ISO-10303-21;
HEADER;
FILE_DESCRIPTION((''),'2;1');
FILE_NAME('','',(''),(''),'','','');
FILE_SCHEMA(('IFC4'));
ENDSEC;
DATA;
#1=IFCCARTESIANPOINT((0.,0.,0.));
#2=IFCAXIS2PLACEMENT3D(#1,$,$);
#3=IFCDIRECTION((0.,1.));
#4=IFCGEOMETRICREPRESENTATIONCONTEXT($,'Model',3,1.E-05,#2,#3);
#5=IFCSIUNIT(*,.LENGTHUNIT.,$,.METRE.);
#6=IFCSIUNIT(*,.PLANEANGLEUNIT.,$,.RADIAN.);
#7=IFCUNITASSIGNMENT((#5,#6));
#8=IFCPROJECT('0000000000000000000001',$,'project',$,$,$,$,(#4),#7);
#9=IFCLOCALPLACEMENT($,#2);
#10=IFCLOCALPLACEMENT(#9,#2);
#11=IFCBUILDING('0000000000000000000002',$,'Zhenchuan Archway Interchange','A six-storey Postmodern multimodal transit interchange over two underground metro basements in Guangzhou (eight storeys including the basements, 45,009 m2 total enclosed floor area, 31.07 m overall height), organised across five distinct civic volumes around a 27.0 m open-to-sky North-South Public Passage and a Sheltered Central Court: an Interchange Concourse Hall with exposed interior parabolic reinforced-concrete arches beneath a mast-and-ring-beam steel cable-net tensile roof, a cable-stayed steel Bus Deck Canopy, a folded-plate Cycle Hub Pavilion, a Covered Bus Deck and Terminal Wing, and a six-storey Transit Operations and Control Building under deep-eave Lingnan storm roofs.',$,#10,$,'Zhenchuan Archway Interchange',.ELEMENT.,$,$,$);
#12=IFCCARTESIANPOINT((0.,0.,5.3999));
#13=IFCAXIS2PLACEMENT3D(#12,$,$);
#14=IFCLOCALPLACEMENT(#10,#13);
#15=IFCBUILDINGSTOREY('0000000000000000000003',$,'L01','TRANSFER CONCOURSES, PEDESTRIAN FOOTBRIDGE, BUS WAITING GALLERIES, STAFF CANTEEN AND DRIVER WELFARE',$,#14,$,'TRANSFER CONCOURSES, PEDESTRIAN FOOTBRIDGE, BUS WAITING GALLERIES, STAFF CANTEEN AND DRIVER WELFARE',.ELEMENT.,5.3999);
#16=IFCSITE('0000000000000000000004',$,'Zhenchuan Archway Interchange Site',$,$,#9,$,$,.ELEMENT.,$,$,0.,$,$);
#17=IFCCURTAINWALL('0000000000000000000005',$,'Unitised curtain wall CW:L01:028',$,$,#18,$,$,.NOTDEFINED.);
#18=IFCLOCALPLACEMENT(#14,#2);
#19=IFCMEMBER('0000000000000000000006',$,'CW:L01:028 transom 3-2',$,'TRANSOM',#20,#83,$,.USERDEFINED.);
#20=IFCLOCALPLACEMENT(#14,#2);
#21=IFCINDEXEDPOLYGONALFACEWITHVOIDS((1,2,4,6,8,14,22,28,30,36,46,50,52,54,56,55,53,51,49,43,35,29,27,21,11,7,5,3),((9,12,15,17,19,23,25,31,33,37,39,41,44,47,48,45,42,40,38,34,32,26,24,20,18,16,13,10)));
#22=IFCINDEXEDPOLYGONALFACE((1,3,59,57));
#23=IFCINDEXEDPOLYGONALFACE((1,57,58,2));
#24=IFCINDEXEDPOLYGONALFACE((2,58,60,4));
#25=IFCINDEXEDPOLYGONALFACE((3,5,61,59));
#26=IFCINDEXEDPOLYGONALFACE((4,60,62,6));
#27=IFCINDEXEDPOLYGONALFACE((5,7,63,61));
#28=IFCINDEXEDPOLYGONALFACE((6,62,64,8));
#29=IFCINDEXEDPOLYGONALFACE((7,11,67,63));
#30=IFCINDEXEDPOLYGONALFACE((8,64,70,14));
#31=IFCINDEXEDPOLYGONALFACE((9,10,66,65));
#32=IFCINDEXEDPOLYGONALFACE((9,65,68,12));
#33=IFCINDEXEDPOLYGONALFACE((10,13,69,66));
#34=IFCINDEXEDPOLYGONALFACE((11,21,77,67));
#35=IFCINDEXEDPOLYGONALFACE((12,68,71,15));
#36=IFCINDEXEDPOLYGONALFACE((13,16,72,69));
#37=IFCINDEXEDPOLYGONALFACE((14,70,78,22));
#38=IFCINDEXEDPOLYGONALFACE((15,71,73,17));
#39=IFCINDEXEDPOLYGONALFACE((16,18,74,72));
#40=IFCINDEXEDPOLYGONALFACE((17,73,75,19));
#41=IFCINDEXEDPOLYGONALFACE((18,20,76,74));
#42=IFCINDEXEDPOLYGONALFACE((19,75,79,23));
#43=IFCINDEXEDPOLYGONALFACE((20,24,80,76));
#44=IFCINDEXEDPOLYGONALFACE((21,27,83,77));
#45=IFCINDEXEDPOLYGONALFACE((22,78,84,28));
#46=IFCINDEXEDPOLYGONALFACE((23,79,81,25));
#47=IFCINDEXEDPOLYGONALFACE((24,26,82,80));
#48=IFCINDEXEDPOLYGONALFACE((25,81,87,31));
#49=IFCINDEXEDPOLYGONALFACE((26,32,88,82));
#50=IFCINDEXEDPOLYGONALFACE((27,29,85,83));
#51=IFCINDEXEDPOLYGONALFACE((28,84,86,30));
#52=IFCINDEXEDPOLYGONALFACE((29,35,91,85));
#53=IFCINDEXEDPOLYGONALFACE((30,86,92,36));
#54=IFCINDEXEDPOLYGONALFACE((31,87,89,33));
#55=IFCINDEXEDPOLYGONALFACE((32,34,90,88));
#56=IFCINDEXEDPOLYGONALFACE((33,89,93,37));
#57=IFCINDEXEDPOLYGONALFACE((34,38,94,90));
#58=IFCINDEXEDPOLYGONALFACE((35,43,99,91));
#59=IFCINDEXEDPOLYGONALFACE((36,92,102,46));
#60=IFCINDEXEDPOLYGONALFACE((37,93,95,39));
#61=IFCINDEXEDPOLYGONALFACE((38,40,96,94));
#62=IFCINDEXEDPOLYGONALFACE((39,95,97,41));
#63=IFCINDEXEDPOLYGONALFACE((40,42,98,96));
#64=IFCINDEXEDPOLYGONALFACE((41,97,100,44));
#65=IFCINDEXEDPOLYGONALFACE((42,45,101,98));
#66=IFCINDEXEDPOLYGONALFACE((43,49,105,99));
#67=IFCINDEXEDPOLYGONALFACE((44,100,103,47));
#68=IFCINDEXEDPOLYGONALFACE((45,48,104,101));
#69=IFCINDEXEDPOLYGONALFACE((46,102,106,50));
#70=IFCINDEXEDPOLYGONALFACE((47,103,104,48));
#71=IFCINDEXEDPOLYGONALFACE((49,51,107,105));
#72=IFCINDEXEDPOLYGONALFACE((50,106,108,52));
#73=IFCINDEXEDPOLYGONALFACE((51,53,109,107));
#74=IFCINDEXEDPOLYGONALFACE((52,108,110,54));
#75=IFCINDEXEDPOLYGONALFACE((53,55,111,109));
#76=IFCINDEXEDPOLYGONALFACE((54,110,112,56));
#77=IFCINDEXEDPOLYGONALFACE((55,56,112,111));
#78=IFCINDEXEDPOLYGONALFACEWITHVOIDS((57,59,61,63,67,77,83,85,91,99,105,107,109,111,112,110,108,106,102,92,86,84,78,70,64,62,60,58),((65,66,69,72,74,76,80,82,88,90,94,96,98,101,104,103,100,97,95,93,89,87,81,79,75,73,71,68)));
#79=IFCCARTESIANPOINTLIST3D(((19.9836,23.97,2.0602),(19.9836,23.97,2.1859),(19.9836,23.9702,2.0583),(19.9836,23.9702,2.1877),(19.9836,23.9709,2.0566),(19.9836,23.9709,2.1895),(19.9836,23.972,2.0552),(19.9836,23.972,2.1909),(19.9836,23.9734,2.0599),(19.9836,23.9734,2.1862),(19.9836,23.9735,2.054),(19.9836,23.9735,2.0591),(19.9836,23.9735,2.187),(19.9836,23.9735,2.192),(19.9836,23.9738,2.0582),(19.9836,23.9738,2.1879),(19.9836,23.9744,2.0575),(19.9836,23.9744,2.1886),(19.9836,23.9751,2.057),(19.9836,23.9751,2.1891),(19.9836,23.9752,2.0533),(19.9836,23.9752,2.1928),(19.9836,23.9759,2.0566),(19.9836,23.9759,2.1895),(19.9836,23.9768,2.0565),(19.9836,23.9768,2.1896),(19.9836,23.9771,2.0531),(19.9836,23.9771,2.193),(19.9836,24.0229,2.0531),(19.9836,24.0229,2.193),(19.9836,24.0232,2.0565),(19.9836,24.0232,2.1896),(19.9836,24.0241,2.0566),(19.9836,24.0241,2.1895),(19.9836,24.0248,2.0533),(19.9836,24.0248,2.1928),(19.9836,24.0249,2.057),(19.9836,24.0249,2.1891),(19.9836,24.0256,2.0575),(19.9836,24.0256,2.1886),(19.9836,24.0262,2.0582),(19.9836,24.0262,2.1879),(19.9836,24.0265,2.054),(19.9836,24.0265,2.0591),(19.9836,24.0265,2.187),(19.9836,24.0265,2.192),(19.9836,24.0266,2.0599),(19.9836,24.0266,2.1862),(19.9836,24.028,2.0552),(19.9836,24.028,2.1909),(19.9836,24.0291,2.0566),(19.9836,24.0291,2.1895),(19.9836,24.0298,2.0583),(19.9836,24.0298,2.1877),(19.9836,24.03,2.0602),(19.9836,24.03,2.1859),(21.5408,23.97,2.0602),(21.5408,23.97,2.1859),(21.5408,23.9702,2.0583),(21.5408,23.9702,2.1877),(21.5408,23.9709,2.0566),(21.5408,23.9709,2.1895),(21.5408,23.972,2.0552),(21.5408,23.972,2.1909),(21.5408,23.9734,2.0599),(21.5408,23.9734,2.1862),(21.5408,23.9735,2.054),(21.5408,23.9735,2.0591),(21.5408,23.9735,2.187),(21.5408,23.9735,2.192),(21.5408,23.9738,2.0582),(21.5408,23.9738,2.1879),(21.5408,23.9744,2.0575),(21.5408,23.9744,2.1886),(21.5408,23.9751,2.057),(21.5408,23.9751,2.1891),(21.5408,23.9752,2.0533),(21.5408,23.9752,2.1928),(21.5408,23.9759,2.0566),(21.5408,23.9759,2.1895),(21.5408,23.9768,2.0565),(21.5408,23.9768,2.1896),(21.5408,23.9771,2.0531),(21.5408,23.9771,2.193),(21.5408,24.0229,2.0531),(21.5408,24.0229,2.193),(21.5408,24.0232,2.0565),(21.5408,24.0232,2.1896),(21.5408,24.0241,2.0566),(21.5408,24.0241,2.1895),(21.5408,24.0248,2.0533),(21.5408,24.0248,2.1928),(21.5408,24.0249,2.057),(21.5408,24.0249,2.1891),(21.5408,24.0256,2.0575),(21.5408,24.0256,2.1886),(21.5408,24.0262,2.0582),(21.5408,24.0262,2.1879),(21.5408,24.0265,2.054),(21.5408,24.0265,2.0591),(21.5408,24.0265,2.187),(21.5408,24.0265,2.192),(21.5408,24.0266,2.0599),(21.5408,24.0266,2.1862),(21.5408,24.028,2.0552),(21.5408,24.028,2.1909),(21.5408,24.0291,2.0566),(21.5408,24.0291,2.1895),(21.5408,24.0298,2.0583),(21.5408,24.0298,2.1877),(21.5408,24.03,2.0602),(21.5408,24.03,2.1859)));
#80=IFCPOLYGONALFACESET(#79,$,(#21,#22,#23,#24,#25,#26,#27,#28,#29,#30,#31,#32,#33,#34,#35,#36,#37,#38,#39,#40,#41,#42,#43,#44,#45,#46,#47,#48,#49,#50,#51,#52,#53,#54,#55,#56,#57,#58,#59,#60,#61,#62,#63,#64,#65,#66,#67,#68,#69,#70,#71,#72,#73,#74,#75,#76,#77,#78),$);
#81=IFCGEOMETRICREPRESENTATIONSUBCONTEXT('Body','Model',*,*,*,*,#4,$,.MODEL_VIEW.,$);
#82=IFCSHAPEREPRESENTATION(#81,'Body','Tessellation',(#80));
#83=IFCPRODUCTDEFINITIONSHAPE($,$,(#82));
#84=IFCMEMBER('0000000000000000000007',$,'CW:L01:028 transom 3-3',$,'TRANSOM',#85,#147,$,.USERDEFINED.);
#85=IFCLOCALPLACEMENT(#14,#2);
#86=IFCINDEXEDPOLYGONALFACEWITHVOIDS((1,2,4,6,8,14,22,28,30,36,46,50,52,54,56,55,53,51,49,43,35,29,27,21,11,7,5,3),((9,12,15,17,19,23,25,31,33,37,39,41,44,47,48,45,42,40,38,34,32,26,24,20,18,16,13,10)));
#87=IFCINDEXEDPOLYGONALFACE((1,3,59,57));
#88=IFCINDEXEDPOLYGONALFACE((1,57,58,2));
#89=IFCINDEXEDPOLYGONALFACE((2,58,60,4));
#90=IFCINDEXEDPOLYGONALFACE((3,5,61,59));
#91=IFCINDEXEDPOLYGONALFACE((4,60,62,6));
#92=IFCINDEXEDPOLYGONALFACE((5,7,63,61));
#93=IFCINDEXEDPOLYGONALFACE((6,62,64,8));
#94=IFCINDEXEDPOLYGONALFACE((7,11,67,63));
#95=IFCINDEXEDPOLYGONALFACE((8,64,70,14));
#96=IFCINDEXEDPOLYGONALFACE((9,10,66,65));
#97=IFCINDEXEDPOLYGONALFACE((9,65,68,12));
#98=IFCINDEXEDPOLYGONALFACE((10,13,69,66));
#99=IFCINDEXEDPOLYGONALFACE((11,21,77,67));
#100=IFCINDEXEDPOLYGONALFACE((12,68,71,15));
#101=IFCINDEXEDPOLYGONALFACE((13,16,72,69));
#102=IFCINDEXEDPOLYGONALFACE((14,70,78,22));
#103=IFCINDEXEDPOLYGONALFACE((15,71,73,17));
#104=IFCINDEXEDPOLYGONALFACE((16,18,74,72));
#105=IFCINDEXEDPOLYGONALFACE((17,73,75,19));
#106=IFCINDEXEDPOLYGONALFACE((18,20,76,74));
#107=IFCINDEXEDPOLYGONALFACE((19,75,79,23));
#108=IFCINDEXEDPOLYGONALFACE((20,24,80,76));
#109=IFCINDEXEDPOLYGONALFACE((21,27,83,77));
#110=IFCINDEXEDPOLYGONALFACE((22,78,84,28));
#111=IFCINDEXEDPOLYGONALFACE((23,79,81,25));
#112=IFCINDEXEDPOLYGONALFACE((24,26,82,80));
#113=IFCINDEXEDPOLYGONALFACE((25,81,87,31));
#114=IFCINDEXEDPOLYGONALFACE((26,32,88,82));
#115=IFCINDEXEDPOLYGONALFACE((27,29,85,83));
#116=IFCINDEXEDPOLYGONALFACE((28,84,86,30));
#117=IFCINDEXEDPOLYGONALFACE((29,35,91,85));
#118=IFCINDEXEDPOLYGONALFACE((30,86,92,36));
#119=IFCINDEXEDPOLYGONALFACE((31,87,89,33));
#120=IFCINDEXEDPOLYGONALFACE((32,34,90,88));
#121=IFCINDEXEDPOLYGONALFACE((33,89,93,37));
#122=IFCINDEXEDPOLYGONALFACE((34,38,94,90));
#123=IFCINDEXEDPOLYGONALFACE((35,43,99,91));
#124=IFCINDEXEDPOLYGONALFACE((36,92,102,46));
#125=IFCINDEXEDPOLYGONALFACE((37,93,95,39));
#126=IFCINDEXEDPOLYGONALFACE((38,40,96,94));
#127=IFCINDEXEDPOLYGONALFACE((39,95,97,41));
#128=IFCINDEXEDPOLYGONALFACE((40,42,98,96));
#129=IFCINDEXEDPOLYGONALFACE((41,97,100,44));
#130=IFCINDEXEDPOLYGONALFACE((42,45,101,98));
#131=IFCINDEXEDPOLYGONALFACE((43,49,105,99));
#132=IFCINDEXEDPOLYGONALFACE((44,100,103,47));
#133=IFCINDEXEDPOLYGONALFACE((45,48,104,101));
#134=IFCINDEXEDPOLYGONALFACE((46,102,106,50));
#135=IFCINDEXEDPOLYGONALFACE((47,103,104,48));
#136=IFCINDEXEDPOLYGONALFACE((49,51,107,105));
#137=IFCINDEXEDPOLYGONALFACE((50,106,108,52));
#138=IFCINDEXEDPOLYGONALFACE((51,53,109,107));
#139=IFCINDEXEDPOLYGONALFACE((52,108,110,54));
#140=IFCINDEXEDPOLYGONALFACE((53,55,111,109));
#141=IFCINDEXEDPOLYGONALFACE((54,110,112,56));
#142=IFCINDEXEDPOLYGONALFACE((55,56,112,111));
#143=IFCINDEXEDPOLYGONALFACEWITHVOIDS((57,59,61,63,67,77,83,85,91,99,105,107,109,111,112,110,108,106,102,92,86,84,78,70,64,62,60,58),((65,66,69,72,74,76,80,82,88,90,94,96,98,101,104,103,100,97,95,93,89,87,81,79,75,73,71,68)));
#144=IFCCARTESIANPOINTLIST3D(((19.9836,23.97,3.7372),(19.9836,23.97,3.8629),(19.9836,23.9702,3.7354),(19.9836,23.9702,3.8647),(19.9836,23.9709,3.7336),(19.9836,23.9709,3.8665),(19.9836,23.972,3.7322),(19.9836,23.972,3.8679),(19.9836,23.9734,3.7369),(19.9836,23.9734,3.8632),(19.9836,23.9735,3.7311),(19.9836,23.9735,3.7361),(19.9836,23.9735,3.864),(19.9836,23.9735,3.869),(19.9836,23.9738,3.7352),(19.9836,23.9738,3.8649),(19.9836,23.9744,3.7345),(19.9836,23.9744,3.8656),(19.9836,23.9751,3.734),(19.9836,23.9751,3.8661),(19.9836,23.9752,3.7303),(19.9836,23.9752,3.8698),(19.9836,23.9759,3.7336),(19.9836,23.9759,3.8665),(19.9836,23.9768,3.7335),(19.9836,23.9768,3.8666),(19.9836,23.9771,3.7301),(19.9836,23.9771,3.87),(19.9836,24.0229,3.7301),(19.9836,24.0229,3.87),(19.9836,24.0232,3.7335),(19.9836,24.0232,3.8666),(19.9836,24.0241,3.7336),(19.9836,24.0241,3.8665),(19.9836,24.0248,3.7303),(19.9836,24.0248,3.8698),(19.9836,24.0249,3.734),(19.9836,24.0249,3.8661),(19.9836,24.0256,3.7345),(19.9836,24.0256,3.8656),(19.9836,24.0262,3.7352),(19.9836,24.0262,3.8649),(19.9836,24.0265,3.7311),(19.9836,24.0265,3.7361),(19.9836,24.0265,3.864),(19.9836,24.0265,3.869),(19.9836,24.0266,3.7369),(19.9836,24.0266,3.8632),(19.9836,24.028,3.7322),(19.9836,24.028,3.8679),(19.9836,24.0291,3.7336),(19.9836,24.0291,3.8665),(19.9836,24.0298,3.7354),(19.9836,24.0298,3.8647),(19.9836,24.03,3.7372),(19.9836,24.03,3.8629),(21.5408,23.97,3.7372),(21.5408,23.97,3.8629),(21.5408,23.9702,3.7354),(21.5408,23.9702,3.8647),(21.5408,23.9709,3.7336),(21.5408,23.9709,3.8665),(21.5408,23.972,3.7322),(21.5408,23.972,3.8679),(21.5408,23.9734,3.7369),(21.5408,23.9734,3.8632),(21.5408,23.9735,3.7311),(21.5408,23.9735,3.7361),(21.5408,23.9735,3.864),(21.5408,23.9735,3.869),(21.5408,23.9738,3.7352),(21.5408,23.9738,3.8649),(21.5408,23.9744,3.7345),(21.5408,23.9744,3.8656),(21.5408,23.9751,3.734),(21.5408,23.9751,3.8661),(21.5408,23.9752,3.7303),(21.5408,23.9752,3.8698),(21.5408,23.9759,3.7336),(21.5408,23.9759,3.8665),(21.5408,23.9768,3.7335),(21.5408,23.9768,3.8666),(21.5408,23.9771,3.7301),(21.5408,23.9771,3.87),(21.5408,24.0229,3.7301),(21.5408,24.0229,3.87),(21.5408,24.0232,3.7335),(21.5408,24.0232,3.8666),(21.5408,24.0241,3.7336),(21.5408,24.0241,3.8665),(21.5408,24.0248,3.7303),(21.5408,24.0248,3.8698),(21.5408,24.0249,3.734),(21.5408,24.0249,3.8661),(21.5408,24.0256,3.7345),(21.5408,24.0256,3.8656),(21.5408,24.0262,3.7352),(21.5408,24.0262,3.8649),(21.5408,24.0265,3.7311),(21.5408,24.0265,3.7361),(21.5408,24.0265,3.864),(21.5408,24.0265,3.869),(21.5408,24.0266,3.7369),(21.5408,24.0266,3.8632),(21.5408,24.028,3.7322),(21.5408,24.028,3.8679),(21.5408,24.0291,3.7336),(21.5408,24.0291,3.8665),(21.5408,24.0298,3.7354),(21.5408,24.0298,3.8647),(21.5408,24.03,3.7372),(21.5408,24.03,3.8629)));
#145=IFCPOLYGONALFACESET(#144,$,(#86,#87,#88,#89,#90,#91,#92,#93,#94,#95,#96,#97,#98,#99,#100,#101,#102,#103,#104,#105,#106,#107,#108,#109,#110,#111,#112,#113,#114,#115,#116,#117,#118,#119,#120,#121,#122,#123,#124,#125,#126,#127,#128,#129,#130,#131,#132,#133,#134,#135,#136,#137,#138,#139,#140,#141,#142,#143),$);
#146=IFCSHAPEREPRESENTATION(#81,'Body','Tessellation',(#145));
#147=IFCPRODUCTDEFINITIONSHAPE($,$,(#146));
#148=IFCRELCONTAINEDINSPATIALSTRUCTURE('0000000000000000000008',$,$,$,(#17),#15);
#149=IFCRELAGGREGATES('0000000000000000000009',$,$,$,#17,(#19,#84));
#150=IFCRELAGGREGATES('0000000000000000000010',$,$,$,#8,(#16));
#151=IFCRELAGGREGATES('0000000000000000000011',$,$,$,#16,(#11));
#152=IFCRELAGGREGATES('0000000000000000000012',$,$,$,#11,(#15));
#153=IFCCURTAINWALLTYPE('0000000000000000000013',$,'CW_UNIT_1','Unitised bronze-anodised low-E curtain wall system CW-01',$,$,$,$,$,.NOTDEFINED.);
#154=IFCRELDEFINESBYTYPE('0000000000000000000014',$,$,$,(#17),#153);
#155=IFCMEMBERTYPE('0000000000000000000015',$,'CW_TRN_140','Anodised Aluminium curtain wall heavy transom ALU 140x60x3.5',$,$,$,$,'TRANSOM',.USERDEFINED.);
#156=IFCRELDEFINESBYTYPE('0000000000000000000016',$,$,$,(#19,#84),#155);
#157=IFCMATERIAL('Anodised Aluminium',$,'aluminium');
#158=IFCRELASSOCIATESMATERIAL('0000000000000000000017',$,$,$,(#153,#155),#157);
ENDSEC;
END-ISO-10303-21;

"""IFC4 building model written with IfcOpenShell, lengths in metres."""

from ifc_helpers import new_model, si_unit, direction, frame, origin, origin_2d, place, context, subcontext, project, spatial, hollow_rectangle, extrude, material, material_profile, profile_set, type_object, element, aggregate, save


model = new_model("IFC4")

# Units and contexts
model_context = context("Model", 3, precision=1e-05, world=origin(), true_north=direction((0.0, 1.0)))
body_context = subcontext(model_context, "Body", "Model", "MODEL_VIEW")
ifc_project = project(units=[si_unit("LENGTHUNIT", "METRE"), si_unit("PLANEANGLEUNIT", "RADIAN")], contexts=[model_context])

# Site, building, storey
site_placement = place(None, origin())
site = spatial("IfcSite", under=ifc_project, at=site_placement, Name="Zhenchuan Archway Interchange Site", CompositionType="ELEMENT", RefElevation=0.0)
building_placement = place(site_placement, origin())
building = spatial("IfcBuilding", under=site, at=building_placement, Name="Zhenchuan Archway Interchange", Description="A six-storey Postmodern multimodal transit interchange over two underground metro basements in Guangzhou (eight storeys including the basements, 45,009 m2 total enclosed floor area, 31.07 m overall height), organised across five distinct civic volumes around a 27.0 m open-to-sky North-South Public Passage and a Sheltered Central Court: an Interchange Concourse Hall with exposed interior parabolic reinforced-concrete arches beneath a mast-and-ring-beam steel cable-net tensile roof, a cable-stayed steel Bus Deck Canopy, a folded-plate Cycle Hub Pavilion, a Covered Bus Deck and Terminal Wing, and a six-storey Transit Operations and Control Building under deep-eave Lingnan storm roofs.", LongName="Zhenchuan Archway Interchange", CompositionType="ELEMENT")
storey_placement = place(building_placement, frame((0.0, 0.0, 5.3999)))
storey = spatial("IfcBuildingStorey", under=building, at=storey_placement, Name="L01", Description="TRANSFER CONCOURSES, PEDESTRIAN FOOTBRIDGE, BUS WAITING GALLERIES, STAFF CANTEEN AND DRIVER WELFARE", LongName="TRANSFER CONCOURSES, PEDESTRIAN FOOTBRIDGE, BUS WAITING GALLERIES, STAFF CANTEEN AND DRIVER WELFARE", CompositionType="ELEMENT", Elevation=5.3999)

# Curtain wall
ifc_material_1 = material(Name="Anodised Aluminium", Category="aluminium")
curtain_wall_type_1 = type_object("IfcCurtainWallType", Name="CW_UNIT_1", Description="Unitised bronze-anodised low-E curtain wall system CW-01", PredefinedType="NOTDEFINED", material=ifc_material_1)
curtain_wall_1_placement = place(storey_placement, origin())
curtain_wall_1 = element("IfcCurtainWall", 1, at=curtain_wall_1_placement, inside=storey, type_object=curtain_wall_type_1, Name="Unitised curtain wall CW:L01:028", PredefinedType="NOTDEFINED")

# Members
ifc_material_profile_1 = material_profile(ifc_material_1, hollow_rectangle(XDim=0.0601, YDim=0.1399, WallThickness=0.0034, InnerFilletRadius=0.0034, OuterFilletRadius=0.0071, at=origin_2d()), Name="ALU 140x60x3.5")
ifc_profile_set_1 = profile_set([ifc_material_profile_1], Name="Anodised Aluminium")
member_type_1 = type_object("IfcMemberType", Name="CW_TRN_140", Description="Anodised Aluminium curtain wall heavy transom ALU 140x60x3.5", ElementType="TRANSOM", PredefinedType="USERDEFINED", material=ifc_profile_set_1)
member_1_placement = place(storey_placement, frame((21.5408, 24.0, 2.123), z_axis=(-1.0, 0.0, 0.0), x_axis=(0.0, -1.0, 0.0)))
member_1 = element("IfcMember", 2, at=member_1_placement, type_object=member_type_1, Name="CW:L01:028 transom 3-2", ObjectType="TRANSOM", PredefinedType="USERDEFINED", context=body_context, shape_type="SweptSolid", body=[
    extrude(hollow_rectangle(XDim=0.0601, YDim=0.1399, WallThickness=0.0034, InnerFilletRadius=0.0034, OuterFilletRadius=0.0071, at=origin_2d()), origin(), (0.0, 0.0, 1.0), 1.5571),
])
member_2_placement = place(storey_placement, frame((21.5408, 24.0, 3.8), z_axis=(-1.0, 0.0, 0.0), x_axis=(0.0, -1.0, 0.0)))
member_2 = element("IfcMember", 3, at=member_2_placement, type_object=member_type_1, Name="CW:L01:028 transom 3-3", ObjectType="TRANSOM", PredefinedType="USERDEFINED", context=body_context, shape_type="SweptSolid", body=[
    extrude(hollow_rectangle(XDim=0.0601, YDim=0.1399, WallThickness=0.0034, InnerFilletRadius=0.0034, OuterFilletRadius=0.0071, at=origin_2d()), origin(), (0.0, 0.0, 1.0), 1.5571),
])

aggregate(curtain_wall_1, [member_1, member_2])

save(model, "model.ifc")
